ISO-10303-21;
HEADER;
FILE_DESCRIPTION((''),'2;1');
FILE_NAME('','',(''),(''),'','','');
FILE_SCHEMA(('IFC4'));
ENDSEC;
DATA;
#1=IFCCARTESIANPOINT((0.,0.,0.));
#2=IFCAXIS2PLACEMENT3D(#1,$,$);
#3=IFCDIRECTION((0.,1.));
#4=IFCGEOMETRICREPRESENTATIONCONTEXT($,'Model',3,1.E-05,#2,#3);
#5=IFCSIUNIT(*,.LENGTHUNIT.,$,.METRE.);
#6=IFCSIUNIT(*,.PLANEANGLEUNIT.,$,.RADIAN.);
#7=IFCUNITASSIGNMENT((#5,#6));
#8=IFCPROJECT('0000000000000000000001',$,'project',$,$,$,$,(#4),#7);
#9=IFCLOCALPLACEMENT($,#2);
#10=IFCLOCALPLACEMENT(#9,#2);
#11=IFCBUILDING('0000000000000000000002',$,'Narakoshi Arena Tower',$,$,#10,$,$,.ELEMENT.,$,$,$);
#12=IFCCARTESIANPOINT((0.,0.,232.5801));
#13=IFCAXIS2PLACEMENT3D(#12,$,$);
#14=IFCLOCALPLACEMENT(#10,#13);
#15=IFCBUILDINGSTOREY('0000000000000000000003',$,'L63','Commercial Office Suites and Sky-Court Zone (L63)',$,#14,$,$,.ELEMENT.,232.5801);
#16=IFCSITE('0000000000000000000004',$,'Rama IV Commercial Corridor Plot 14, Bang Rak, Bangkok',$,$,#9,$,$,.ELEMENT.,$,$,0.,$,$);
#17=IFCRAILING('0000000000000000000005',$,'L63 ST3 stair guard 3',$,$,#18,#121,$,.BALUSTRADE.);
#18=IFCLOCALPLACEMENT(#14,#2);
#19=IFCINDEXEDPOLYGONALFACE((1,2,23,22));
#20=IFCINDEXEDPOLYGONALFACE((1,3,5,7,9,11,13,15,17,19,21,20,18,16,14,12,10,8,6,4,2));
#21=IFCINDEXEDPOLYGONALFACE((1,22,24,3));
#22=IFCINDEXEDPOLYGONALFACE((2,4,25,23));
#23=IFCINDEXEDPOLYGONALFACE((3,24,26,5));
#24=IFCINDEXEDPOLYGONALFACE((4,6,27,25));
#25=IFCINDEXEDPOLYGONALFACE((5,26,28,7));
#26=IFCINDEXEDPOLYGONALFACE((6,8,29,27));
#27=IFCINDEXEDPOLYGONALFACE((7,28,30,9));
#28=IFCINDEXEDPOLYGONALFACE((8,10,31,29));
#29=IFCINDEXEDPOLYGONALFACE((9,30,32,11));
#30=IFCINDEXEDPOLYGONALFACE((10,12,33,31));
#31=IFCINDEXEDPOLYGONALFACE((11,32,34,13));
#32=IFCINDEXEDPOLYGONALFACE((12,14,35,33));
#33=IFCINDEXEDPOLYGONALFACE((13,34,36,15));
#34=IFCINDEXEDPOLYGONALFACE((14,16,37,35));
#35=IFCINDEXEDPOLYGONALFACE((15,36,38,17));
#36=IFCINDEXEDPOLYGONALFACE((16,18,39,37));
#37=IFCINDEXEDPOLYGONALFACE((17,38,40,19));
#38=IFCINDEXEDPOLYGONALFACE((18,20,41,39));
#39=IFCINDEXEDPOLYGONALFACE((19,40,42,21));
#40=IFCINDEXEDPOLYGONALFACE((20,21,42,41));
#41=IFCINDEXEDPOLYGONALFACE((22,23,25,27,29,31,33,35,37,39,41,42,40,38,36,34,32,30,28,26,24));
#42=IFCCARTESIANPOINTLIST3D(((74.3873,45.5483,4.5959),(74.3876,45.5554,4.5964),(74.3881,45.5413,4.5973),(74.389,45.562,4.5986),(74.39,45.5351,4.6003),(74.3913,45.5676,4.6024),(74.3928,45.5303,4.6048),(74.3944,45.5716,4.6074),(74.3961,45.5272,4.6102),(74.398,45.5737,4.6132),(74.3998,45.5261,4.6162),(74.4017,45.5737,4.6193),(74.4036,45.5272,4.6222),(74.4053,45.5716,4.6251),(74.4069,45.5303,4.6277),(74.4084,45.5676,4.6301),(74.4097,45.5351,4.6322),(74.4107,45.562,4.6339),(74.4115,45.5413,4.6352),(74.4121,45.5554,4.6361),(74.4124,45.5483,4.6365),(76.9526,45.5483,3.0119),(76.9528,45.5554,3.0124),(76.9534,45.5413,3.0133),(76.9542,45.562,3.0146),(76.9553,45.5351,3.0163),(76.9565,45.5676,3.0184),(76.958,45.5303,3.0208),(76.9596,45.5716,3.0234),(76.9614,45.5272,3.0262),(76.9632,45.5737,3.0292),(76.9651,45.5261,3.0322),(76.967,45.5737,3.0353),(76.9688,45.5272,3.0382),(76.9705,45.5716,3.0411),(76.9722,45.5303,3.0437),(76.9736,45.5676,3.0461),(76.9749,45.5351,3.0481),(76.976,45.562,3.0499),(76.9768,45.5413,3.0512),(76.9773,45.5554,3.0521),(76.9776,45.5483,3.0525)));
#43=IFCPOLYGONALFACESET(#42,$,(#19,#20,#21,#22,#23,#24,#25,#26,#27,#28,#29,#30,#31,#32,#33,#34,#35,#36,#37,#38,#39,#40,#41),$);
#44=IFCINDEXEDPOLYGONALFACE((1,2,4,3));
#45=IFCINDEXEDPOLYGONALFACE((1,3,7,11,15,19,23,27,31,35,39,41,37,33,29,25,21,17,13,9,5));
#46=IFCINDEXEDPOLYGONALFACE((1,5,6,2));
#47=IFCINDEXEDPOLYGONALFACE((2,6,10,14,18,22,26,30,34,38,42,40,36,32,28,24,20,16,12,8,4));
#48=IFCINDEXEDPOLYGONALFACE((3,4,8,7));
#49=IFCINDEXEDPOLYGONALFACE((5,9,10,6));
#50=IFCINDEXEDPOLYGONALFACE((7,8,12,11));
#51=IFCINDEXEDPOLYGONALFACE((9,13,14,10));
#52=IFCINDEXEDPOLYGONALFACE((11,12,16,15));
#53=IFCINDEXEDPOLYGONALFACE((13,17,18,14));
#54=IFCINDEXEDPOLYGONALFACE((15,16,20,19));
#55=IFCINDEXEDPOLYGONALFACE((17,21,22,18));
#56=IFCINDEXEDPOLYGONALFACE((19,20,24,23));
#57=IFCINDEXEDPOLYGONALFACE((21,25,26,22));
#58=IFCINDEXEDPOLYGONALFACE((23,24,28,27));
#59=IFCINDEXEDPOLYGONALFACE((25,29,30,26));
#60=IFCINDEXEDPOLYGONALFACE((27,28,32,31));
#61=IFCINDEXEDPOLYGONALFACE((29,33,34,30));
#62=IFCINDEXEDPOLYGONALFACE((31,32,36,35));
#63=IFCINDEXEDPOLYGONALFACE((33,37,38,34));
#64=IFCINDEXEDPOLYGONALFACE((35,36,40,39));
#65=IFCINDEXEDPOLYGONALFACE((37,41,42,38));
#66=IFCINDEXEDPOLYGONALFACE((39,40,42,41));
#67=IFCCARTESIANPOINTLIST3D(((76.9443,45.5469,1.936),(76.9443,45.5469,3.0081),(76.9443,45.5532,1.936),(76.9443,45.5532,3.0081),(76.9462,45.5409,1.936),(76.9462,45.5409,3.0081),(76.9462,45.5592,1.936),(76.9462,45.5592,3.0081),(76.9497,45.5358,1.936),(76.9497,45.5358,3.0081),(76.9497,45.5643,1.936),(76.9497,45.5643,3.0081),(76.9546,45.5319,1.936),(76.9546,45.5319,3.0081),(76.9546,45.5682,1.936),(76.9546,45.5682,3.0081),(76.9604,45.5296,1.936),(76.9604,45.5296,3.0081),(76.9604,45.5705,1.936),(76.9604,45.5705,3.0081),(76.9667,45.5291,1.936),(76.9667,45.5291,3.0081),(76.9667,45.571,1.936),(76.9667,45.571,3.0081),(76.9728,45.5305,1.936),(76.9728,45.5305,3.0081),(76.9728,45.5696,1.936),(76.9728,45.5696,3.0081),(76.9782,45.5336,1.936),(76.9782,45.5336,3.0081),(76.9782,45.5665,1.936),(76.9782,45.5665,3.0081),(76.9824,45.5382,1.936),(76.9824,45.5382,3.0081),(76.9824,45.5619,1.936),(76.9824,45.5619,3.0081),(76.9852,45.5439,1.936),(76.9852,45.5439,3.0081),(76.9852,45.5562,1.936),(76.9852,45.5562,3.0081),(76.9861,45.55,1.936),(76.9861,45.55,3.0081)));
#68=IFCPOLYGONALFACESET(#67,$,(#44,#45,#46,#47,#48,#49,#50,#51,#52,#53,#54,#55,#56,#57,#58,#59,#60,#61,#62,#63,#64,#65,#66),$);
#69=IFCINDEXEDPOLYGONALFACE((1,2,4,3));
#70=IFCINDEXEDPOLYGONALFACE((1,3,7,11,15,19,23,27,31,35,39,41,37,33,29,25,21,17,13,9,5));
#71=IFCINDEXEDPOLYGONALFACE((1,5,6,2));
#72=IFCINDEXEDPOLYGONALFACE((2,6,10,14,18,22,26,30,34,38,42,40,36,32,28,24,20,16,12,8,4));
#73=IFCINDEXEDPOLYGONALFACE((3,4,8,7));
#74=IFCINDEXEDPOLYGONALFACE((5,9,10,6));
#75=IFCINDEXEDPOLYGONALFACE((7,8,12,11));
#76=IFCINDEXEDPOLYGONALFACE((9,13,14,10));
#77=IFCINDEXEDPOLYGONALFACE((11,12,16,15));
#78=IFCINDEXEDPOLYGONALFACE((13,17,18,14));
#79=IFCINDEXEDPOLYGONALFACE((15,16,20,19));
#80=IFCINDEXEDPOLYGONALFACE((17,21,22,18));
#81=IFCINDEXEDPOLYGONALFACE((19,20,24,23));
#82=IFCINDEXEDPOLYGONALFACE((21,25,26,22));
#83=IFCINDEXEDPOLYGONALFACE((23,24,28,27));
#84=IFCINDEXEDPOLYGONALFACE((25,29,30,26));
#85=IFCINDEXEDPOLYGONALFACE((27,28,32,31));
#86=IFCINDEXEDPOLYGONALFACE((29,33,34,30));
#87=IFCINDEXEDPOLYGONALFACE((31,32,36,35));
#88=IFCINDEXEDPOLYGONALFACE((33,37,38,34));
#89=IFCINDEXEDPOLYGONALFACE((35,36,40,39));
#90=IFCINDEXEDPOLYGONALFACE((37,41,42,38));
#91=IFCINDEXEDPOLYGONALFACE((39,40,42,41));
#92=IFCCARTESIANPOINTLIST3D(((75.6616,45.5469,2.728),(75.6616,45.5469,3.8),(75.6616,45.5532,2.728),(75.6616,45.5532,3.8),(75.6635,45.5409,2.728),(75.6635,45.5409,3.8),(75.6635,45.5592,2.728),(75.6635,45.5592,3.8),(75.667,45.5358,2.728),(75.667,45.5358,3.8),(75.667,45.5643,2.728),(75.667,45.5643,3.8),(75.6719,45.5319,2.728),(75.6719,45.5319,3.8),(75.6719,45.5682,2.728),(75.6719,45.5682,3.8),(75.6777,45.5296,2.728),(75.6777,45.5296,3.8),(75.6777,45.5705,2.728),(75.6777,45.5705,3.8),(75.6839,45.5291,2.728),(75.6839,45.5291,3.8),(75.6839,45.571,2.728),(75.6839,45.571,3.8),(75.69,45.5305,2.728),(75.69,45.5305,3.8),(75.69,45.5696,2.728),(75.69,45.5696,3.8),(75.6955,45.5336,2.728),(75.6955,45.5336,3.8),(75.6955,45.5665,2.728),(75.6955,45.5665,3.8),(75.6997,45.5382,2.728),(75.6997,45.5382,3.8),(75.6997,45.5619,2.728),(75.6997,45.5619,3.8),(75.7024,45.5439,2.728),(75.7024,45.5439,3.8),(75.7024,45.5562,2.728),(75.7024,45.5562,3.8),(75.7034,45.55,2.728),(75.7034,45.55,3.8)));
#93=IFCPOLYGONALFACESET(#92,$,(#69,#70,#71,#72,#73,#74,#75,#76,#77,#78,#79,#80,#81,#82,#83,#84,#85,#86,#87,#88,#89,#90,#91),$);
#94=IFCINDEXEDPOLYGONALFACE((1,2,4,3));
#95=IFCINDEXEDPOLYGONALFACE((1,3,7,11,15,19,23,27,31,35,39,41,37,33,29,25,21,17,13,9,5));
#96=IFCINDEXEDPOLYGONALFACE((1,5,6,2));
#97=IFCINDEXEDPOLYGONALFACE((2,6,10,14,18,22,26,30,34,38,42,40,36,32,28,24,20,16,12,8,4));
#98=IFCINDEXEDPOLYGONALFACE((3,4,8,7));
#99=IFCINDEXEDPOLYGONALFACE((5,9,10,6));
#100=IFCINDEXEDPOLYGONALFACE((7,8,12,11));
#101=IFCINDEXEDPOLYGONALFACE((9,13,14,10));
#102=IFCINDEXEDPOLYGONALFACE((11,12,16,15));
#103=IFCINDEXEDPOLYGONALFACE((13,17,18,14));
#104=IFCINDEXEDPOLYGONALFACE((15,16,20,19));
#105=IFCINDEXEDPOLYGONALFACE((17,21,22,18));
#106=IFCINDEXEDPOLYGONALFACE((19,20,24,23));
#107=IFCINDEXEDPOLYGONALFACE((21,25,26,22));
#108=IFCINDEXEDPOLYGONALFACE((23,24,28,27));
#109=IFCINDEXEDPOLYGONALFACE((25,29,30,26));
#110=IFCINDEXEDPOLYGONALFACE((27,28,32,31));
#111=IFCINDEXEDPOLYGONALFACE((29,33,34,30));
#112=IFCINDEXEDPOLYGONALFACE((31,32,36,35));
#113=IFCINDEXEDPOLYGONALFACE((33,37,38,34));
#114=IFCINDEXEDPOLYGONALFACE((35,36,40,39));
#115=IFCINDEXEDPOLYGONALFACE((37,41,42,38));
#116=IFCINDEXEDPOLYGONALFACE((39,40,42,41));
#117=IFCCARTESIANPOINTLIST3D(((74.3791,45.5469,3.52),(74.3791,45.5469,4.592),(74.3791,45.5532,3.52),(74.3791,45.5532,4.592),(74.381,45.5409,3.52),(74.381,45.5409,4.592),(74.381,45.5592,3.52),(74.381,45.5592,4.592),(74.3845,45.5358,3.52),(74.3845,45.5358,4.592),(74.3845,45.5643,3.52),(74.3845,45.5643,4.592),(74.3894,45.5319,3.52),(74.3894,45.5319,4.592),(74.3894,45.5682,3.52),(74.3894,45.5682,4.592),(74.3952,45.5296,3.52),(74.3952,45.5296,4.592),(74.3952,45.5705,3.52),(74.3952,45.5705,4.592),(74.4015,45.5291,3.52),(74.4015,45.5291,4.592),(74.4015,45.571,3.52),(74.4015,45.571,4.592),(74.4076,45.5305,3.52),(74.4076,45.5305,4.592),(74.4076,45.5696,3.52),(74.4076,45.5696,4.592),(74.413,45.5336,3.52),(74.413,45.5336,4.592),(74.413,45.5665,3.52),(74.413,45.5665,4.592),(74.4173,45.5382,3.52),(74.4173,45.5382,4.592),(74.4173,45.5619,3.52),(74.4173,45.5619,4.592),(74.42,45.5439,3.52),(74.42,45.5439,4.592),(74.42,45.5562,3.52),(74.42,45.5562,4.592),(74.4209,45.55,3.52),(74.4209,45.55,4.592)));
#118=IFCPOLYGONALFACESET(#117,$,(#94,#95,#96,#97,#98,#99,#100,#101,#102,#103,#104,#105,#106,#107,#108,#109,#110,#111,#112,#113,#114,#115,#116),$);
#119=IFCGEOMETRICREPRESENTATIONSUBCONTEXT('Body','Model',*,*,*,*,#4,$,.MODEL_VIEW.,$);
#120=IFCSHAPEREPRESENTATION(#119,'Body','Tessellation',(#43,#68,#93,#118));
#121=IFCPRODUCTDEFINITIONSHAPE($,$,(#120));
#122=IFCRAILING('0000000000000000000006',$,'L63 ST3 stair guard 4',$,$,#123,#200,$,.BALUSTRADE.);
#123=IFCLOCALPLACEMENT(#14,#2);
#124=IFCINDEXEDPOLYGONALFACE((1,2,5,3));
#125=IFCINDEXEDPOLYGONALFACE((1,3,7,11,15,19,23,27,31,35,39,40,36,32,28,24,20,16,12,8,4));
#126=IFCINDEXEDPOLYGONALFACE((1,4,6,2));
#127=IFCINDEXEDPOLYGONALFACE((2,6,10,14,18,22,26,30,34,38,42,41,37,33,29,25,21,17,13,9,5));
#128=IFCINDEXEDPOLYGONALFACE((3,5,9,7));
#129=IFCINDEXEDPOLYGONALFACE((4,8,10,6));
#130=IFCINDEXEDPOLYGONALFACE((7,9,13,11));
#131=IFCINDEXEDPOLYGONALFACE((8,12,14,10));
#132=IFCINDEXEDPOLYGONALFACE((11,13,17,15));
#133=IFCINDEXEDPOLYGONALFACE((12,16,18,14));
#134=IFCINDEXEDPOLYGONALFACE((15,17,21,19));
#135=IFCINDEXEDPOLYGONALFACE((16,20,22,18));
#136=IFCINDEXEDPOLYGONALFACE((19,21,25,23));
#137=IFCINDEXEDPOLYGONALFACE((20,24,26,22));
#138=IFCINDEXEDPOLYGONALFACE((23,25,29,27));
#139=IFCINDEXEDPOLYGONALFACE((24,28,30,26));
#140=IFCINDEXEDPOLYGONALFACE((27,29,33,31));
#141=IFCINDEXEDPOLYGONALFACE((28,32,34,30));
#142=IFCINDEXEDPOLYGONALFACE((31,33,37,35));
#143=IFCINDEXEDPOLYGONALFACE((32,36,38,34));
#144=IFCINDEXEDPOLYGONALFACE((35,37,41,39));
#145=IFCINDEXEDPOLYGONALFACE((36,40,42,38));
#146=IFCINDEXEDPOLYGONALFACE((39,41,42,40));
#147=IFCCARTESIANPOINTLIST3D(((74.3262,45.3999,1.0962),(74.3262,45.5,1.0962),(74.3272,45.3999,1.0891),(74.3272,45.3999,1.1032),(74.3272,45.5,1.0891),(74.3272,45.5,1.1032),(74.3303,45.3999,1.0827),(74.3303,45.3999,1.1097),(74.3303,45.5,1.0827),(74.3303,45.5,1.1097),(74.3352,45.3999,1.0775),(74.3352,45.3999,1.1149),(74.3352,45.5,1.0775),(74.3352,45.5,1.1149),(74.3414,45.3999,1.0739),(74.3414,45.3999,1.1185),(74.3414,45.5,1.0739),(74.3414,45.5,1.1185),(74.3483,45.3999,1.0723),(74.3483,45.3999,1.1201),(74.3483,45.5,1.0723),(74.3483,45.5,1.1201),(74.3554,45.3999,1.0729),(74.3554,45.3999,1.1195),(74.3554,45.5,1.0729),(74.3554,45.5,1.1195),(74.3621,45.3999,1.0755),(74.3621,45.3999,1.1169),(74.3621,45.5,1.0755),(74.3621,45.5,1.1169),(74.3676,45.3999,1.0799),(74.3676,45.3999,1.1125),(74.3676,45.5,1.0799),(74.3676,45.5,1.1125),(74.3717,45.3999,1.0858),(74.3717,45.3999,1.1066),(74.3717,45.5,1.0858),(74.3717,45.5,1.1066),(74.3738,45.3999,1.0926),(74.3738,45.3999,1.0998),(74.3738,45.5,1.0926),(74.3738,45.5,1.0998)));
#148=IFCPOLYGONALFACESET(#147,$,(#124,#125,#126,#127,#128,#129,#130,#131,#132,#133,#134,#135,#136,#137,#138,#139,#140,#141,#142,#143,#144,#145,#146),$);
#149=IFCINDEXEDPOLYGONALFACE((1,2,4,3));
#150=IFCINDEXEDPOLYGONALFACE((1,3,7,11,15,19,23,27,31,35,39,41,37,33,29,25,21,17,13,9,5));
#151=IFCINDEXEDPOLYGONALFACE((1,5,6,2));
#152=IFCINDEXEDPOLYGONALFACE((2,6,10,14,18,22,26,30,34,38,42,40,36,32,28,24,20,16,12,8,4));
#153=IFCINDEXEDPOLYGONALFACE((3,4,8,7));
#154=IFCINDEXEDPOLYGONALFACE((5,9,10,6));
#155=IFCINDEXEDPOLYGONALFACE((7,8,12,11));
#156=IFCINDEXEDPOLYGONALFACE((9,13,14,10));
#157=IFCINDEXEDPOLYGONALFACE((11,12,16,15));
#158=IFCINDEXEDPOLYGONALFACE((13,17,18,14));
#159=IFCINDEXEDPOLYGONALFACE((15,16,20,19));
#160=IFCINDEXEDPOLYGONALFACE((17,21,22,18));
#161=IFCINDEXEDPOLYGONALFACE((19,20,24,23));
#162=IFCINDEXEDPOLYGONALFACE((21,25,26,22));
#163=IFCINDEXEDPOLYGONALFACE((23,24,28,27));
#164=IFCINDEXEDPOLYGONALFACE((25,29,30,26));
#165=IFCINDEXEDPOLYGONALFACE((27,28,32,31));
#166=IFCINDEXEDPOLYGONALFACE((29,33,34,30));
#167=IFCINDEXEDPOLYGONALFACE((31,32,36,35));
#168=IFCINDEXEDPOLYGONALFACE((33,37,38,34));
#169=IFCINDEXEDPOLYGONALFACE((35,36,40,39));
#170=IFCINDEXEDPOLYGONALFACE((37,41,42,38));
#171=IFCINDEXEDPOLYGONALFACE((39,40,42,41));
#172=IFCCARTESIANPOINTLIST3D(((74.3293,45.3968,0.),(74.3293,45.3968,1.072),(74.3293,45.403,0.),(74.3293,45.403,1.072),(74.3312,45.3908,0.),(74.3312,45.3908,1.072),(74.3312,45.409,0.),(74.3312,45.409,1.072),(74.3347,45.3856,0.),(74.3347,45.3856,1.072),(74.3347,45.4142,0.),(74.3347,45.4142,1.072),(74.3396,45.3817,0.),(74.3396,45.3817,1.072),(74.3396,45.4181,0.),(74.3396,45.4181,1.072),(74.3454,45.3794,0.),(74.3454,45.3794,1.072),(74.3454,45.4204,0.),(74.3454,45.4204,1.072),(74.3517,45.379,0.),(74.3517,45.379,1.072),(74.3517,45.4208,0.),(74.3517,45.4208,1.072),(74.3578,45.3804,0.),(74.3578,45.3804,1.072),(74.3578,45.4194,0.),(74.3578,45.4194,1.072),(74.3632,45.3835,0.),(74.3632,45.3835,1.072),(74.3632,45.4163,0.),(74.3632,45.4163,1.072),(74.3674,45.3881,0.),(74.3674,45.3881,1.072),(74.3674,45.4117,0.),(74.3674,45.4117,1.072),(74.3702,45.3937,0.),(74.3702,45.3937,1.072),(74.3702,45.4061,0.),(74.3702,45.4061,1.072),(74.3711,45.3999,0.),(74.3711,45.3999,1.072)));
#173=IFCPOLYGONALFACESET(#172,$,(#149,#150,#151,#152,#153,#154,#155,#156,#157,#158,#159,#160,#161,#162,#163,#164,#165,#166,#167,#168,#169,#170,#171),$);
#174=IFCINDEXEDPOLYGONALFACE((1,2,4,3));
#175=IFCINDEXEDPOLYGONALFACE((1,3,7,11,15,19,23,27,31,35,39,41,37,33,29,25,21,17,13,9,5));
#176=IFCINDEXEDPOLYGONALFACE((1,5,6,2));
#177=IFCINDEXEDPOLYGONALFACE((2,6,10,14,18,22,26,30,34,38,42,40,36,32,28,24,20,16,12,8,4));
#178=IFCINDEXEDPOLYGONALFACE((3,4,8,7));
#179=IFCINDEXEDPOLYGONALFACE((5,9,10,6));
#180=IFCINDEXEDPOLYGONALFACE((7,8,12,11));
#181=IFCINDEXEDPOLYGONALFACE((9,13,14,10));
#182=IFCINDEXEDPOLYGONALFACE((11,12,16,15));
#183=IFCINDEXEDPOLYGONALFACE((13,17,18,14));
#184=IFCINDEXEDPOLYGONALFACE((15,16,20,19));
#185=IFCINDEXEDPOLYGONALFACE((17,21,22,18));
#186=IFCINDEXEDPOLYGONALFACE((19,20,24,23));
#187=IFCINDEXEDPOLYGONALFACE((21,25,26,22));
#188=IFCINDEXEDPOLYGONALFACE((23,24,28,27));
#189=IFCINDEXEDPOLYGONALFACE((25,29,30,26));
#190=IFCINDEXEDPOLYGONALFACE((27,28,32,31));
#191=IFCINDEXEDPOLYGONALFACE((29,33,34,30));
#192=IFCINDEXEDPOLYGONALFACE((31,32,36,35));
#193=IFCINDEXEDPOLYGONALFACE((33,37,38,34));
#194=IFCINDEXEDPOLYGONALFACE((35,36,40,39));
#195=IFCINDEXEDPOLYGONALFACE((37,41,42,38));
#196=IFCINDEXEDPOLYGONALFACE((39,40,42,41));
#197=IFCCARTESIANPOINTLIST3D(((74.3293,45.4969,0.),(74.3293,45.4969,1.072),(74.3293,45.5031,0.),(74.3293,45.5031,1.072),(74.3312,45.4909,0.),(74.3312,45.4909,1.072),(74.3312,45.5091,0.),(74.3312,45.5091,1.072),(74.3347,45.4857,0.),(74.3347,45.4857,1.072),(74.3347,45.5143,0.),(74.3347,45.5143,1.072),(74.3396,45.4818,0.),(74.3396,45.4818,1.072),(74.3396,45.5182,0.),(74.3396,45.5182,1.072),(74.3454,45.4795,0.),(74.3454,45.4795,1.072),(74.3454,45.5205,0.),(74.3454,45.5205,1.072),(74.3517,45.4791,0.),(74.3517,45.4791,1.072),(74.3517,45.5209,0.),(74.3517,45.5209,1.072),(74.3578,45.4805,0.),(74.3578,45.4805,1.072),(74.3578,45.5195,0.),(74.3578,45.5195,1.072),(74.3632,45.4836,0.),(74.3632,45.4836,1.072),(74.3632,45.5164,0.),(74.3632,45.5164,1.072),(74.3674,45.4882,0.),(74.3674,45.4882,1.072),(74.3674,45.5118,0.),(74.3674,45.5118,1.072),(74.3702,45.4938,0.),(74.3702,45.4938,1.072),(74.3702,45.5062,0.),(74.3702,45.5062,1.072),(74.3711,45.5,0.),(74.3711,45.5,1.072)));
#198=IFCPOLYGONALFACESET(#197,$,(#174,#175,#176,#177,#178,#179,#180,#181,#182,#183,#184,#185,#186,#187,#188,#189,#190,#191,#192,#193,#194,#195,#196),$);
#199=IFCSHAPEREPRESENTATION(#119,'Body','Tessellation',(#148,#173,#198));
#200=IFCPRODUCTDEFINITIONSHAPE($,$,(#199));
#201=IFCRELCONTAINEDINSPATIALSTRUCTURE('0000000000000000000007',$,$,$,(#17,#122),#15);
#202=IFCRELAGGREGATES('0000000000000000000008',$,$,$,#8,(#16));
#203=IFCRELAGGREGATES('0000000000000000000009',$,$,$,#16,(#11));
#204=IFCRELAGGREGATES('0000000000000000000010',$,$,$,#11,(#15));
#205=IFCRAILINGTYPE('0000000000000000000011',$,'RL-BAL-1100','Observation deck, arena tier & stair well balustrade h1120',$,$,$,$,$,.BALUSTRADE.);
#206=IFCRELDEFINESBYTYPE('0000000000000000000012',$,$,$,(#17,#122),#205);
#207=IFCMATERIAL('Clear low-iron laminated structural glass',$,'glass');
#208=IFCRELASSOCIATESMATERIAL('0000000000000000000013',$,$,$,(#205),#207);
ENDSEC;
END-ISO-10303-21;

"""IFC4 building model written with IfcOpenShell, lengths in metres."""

from ifc_helpers import new_model, si_unit, direction, frame, origin, origin_2d, place, context, subcontext, project, spatial, circle, extrude, material, type_object, element, save


model = new_model("IFC4")

# Units and contexts
model_context = context("Model", 3, precision=1e-05, world=origin(), true_north=direction((0.0, 1.0)))
body_context = subcontext(model_context, "Body", "Model", "MODEL_VIEW")
ifc_project = project(units=[si_unit("LENGTHUNIT", "METRE"), si_unit("PLANEANGLEUNIT", "RADIAN")], contexts=[model_context])

# Site, building, storey
site_placement = place(None, origin())
site = spatial("IfcSite", under=ifc_project, at=site_placement, Name="Rama IV Commercial Corridor Plot 14, Bang Rak, Bangkok", CompositionType="ELEMENT", RefElevation=0.0)
building_placement = place(site_placement, origin())
building = spatial("IfcBuilding", under=site, at=building_placement, Name="Narakoshi Arena Tower", CompositionType="ELEMENT")
storey_placement = place(building_placement, frame((0.0, 0.0, 232.5801)))
storey = spatial("IfcBuildingStorey", under=building, at=storey_placement, Name="L63", Description="Commercial Office Suites and Sky-Court Zone (L63)", CompositionType="ELEMENT", Elevation=232.5801)

# Railings
ifc_material_1 = material(Name="Clear low-iron laminated structural glass", Category="glass")
railing_type_1 = type_object("IfcRailingType", Name="RL-BAL-1100", Description="Observation deck, arena tier & stair well balustrade h1120", PredefinedType="BALUSTRADE", material=ifc_material_1)
railing_1_placement = place(storey_placement, frame((76.9651, 45.55, 1.936)))
element("IfcRailing", 1, at=railing_1_placement, inside=storey, type_object=railing_type_1, Name="L63 ST3 stair guard 3", PredefinedType="BALUSTRADE", context=body_context, shape_type="SweptSolid", body=[
    extrude(circle(Radius=0.0239, at=origin_2d()), frame((0.0, 0.0, 1.0962), z_axis=(-0.850857, 0.0, 0.525398), x_axis=(0.0, -1.0, 0.0)), (0.0, 0.0, 1.0), 3.0149),
    extrude(circle(Radius=0.021, at=origin_2d()), origin(), (0.0, 0.0, 1.0), 1.072),
    extrude(circle(Radius=0.021, at=origin_2d()), frame((-1.2827, 0.0, 0.792)), (0.0, 0.0, 1.0), 1.072),
    extrude(circle(Radius=0.021, at=origin_2d()), frame((-2.5652, 0.0, 1.584)), (0.0, 0.0, 1.0), 1.072),
])
railing_2_placement = place(storey_placement, frame((74.3501, 45.3999, 0.0)))
element("IfcRailing", 2, at=railing_2_placement, inside=storey, type_object=railing_type_1, Name="L63 ST3 stair guard 4", PredefinedType="BALUSTRADE", context=body_context, shape_type="SweptSolid", body=[
    extrude(circle(Radius=0.0239, at=origin_2d()), frame((0.0, 0.0, 1.0962), z_axis=(0.0, 1.0, 0.0), x_axis=(-1.0, 0.0, 0.0)), (0.0, 0.0, 1.0), 0.1001),
    extrude(circle(Radius=0.021, at=origin_2d()), origin(), (0.0, 0.0, 1.0), 1.072),
    extrude(circle(Radius=0.021, at=origin_2d()), frame((0.0, 0.1001, 0.0)), (0.0, 0.0, 1.0), 1.072),
])

save(model, "model.ifc")
